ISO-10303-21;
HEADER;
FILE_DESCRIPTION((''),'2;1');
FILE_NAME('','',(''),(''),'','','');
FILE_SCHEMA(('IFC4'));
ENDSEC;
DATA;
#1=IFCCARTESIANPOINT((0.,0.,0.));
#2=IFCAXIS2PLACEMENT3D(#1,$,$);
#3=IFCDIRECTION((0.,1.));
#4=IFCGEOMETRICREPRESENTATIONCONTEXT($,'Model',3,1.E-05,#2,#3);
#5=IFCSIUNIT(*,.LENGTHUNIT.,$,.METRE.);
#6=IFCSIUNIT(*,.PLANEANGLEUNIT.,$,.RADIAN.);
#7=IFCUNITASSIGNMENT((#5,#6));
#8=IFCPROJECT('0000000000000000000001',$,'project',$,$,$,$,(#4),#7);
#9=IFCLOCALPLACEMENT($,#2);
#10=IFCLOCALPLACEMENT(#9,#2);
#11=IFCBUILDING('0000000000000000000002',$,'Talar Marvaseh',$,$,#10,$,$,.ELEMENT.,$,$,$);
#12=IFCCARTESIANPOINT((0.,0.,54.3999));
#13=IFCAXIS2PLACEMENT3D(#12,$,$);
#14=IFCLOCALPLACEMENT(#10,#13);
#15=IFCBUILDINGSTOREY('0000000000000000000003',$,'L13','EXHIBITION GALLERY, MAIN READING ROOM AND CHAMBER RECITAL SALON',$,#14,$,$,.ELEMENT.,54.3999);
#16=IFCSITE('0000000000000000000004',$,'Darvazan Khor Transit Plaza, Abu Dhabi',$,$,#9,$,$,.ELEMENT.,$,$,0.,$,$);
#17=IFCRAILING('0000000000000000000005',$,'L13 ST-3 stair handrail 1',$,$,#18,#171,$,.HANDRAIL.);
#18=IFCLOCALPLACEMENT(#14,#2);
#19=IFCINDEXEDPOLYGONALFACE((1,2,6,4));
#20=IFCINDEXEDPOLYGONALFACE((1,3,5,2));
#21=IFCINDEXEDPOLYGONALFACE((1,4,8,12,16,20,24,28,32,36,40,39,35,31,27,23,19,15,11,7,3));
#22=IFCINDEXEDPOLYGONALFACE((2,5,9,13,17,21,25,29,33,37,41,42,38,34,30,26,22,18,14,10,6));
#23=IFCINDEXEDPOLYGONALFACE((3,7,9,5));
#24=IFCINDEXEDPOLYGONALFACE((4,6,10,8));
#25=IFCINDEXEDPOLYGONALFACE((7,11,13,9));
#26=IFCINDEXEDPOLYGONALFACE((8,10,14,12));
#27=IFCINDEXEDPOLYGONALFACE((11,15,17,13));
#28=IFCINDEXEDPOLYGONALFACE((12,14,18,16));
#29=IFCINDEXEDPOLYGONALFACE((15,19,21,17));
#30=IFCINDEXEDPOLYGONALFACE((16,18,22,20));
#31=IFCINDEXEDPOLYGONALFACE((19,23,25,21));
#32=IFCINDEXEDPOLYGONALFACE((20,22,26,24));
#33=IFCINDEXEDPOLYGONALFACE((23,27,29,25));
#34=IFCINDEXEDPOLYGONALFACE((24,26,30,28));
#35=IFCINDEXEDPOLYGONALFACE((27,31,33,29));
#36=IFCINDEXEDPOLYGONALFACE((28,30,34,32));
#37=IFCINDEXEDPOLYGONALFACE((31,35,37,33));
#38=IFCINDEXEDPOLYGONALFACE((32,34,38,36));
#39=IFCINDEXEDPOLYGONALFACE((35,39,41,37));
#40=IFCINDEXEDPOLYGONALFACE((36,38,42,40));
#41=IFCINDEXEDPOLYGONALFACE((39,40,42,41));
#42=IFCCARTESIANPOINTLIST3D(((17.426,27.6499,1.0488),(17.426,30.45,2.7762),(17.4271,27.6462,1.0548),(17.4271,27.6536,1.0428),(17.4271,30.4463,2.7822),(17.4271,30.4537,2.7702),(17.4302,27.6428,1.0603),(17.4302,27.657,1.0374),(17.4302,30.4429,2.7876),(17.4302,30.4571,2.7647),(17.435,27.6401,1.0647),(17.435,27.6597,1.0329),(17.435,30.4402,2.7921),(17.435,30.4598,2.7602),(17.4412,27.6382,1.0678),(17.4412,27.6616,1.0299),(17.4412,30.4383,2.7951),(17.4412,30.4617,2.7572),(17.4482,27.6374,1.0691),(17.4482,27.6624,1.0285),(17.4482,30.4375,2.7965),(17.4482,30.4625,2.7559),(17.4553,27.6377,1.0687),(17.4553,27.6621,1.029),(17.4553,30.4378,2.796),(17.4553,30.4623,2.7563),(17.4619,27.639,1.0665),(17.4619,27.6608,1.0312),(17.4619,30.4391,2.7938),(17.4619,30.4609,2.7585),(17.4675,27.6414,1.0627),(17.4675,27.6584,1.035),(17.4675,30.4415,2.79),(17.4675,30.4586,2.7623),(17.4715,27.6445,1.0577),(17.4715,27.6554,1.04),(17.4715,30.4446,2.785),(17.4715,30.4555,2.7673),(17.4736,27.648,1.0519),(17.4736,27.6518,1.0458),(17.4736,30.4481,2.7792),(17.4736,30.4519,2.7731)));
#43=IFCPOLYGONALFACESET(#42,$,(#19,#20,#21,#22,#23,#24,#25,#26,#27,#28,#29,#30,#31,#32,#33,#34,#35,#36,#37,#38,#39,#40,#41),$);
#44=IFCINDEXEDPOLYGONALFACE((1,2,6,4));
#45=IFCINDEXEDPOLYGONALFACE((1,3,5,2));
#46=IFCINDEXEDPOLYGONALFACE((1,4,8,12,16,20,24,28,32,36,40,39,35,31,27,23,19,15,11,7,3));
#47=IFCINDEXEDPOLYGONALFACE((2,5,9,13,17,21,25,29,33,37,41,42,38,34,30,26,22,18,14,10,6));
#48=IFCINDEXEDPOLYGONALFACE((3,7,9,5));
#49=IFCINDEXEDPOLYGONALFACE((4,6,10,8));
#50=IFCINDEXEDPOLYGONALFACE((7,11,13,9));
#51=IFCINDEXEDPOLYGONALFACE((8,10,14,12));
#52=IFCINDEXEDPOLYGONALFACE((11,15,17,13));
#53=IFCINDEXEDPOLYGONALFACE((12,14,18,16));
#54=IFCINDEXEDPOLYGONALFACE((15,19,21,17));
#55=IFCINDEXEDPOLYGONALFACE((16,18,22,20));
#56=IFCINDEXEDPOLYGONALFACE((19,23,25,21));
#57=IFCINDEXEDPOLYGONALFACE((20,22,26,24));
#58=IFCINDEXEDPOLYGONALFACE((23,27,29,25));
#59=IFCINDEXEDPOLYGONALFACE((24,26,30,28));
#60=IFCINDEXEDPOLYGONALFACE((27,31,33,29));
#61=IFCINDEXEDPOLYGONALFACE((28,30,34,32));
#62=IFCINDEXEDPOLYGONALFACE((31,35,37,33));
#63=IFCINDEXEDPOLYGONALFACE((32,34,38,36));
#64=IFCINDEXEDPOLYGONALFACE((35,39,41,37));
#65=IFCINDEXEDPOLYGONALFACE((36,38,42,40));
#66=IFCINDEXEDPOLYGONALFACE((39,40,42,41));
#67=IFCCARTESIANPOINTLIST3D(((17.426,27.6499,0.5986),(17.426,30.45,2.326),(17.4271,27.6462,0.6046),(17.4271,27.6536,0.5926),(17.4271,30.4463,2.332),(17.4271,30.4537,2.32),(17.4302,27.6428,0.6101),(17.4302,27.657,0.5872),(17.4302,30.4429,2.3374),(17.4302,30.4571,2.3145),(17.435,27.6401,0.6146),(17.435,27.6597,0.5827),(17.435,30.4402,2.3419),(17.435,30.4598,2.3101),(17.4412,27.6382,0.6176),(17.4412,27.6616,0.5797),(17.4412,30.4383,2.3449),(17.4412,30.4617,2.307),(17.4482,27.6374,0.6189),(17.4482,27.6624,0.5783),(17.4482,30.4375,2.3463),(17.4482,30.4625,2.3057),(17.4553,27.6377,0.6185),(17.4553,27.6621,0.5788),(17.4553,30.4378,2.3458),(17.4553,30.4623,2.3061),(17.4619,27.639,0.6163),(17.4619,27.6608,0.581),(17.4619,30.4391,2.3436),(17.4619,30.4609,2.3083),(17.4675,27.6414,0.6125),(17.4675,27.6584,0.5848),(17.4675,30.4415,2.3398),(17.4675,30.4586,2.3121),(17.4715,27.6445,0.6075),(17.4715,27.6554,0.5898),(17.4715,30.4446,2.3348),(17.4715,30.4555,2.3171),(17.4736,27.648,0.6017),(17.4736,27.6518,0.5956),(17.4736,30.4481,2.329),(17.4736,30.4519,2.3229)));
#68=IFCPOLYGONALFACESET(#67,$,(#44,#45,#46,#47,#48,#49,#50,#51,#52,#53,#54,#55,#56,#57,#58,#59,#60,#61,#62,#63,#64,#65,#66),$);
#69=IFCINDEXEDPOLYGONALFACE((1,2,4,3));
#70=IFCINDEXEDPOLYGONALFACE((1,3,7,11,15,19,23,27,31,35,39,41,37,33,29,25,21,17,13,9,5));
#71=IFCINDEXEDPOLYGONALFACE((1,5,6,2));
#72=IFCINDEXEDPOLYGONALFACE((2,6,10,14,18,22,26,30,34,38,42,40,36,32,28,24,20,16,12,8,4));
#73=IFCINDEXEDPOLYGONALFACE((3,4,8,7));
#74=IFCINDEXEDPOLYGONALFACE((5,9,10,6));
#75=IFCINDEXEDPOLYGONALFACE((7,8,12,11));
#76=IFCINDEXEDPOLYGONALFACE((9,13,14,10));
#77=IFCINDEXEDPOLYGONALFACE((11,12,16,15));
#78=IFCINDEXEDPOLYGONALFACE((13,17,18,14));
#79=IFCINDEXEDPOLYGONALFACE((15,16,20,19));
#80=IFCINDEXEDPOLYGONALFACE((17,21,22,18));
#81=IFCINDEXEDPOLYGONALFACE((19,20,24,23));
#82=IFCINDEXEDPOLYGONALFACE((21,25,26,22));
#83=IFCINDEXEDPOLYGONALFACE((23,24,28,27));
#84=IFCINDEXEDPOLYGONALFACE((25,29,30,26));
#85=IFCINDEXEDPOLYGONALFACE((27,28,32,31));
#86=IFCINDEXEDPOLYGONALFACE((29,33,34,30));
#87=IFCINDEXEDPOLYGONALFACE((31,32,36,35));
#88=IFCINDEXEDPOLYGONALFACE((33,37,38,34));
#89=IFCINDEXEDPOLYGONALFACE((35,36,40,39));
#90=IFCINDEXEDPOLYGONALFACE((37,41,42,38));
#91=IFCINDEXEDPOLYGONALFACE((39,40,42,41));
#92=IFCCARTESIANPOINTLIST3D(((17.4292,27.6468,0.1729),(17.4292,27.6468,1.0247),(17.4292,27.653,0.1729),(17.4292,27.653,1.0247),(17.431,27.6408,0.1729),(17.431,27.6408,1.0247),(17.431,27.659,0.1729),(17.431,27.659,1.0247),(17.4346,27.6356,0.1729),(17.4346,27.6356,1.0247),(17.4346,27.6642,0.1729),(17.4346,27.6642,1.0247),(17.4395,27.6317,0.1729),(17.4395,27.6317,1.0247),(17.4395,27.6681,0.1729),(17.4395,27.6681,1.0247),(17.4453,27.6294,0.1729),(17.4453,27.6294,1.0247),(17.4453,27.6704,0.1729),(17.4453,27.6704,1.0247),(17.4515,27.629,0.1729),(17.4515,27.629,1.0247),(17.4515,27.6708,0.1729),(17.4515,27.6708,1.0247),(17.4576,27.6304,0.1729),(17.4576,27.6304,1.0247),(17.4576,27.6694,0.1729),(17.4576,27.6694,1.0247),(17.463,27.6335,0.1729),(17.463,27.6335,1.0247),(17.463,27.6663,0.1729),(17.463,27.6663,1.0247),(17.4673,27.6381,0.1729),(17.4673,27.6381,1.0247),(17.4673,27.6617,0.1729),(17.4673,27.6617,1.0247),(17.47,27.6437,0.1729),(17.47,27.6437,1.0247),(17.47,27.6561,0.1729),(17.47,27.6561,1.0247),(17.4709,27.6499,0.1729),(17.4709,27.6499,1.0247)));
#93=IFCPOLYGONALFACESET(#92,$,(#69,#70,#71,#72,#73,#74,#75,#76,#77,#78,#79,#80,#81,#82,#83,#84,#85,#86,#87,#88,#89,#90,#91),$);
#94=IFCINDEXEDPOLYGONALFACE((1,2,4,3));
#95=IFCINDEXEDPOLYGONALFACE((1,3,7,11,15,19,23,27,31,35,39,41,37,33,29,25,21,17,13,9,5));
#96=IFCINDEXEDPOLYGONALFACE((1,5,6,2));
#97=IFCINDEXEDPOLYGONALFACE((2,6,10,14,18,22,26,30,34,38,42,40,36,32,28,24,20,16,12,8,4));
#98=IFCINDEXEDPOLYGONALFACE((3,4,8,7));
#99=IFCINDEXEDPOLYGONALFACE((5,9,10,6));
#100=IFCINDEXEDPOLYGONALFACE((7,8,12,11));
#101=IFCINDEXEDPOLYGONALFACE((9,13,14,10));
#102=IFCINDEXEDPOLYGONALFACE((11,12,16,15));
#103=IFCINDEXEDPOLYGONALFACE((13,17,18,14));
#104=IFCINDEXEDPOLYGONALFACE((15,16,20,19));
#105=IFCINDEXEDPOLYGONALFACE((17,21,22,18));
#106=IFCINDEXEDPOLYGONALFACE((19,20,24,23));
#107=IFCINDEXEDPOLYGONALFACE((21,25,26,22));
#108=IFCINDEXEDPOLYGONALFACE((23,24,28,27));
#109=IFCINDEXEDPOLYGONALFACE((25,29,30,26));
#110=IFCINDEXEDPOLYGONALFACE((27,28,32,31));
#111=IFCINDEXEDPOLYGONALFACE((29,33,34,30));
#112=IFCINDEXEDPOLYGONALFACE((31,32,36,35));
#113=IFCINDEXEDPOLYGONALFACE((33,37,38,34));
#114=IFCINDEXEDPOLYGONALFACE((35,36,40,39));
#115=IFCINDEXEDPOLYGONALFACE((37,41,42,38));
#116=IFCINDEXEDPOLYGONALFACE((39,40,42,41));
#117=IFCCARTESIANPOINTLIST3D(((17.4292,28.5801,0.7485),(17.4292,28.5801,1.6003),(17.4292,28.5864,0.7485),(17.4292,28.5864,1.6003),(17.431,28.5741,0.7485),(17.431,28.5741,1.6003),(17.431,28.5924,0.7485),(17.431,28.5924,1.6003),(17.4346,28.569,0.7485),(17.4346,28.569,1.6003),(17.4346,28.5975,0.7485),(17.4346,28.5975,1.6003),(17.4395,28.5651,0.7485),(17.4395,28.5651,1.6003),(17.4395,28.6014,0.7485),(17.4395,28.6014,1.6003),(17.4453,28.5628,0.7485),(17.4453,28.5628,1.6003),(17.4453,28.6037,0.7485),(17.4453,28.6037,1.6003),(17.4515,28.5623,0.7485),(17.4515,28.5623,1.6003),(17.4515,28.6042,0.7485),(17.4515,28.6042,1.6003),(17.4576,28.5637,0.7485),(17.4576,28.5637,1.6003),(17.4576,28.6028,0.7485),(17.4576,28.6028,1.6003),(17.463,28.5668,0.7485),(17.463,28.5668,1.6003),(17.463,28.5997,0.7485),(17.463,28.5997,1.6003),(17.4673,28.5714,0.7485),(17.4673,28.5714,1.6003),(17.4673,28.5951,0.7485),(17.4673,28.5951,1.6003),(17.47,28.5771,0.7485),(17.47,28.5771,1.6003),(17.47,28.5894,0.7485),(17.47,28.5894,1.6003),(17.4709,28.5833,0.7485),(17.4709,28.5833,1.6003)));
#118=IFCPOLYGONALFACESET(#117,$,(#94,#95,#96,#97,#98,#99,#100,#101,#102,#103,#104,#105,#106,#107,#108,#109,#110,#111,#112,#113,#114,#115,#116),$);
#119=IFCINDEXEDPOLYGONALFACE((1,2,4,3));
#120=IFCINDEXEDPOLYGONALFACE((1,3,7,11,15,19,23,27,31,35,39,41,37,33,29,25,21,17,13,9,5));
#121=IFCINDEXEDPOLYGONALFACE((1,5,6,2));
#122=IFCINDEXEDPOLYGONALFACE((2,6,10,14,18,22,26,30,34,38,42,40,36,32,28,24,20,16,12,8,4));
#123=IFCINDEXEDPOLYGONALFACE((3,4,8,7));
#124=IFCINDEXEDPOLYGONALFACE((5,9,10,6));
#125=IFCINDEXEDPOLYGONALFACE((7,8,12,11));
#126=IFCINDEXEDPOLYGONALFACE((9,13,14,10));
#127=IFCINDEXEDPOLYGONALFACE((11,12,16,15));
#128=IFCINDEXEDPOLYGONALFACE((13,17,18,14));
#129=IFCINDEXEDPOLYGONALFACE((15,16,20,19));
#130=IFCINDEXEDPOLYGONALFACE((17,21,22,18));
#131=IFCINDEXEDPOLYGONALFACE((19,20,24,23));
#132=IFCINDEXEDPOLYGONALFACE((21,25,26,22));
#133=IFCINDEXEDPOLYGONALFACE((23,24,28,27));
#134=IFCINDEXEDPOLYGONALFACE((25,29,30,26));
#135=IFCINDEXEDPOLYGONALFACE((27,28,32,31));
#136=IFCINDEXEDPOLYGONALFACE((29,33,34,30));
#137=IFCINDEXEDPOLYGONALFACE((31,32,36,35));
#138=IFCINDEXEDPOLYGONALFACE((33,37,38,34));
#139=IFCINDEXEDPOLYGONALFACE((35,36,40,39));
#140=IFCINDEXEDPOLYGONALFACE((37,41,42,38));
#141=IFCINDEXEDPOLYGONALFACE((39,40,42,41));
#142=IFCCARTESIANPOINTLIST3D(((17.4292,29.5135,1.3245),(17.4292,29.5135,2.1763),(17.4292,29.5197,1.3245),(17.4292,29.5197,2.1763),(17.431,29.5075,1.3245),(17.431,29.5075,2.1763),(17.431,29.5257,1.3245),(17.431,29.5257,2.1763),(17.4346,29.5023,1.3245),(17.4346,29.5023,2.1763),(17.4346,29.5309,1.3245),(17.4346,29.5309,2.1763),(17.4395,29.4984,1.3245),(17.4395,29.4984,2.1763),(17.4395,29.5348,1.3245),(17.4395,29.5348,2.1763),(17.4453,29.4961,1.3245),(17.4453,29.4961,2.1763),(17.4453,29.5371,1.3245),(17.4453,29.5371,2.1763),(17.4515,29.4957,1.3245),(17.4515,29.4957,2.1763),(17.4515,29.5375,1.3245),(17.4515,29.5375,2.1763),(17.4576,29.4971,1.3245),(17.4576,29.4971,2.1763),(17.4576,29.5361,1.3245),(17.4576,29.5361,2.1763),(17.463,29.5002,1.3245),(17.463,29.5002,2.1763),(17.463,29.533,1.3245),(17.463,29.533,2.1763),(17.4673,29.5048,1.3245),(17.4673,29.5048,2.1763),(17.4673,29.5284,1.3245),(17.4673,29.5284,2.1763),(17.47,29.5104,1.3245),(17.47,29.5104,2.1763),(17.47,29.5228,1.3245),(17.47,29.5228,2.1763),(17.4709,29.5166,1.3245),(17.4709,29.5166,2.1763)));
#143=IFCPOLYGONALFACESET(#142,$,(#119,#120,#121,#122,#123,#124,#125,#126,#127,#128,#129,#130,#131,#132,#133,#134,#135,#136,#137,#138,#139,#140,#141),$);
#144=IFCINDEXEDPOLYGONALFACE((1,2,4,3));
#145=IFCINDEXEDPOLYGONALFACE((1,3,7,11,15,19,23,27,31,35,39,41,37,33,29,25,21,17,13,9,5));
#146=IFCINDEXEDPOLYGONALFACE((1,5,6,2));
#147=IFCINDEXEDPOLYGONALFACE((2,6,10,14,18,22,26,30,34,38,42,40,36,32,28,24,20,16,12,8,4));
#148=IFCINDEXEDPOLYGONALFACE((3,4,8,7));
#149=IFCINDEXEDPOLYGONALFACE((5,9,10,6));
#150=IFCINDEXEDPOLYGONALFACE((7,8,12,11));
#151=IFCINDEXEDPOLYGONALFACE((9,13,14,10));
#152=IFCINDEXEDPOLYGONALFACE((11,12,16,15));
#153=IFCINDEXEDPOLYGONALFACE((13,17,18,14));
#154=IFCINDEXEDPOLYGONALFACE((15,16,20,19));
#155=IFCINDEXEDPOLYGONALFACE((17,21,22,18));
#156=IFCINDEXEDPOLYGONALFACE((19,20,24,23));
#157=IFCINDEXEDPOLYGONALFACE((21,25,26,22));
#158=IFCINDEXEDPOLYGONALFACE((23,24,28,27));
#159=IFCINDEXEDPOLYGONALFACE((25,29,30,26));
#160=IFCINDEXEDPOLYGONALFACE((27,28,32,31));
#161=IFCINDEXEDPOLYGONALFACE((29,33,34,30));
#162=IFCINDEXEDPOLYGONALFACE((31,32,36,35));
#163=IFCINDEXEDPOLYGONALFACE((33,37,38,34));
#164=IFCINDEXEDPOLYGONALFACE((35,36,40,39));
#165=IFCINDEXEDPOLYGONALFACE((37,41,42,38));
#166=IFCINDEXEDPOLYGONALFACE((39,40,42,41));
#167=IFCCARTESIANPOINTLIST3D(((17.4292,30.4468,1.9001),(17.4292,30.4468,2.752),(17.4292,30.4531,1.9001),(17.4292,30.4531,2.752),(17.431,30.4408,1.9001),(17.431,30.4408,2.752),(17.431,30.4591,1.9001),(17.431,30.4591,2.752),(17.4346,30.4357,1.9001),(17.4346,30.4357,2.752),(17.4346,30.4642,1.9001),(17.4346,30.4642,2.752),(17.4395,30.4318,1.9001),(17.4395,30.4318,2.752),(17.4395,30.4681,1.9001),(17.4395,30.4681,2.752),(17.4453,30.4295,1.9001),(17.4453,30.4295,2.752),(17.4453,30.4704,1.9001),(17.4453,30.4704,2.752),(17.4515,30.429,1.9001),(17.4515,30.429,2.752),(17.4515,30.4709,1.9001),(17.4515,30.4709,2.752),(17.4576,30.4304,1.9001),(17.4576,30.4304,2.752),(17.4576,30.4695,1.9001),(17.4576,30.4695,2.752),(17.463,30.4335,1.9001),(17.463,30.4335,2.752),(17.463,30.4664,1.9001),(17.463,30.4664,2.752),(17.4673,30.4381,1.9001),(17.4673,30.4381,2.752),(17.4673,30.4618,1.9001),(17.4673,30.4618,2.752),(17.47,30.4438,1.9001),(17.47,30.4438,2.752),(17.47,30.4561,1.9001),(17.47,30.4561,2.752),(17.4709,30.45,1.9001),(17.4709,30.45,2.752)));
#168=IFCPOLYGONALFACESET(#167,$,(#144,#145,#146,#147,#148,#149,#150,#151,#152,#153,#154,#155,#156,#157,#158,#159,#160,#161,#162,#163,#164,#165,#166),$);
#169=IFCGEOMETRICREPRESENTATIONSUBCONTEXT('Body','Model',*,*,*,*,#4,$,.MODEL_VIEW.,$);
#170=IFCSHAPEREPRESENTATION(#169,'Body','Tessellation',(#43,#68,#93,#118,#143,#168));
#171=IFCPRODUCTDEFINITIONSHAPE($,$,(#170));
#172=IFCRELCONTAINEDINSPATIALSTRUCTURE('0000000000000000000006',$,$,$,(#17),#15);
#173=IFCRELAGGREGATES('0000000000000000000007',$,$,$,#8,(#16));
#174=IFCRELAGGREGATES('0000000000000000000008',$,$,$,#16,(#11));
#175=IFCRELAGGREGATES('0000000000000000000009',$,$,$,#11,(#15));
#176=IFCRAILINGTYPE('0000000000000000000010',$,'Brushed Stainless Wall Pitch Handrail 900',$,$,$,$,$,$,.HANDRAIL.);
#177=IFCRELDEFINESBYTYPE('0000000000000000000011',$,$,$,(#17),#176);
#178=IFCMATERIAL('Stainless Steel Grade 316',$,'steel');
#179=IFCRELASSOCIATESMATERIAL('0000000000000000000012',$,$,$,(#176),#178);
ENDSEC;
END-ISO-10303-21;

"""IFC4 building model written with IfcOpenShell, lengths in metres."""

from ifc_helpers import new_model, si_unit, direction, frame, origin, origin_2d, place, context, subcontext, project, spatial, circle, extrude, material, type_object, element, save


model = new_model("IFC4")

# Units and contexts
model_context = context("Model", 3, precision=1e-05, world=origin(), true_north=direction((0.0, 1.0)))
body_context = subcontext(model_context, "Body", "Model", "MODEL_VIEW")
ifc_project = project(units=[si_unit("LENGTHUNIT", "METRE"), si_unit("PLANEANGLEUNIT", "RADIAN")], contexts=[model_context])

# Site, building, storey
site_placement = place(None, origin())
site = spatial("IfcSite", under=ifc_project, at=site_placement, Name="Darvazan Khor Transit Plaza, Abu Dhabi", CompositionType="ELEMENT", RefElevation=0.0)
building_placement = place(site_placement, origin())
building = spatial("IfcBuilding", under=site, at=building_placement, Name="Talar Marvaseh", CompositionType="ELEMENT")
storey_placement = place(building_placement, frame((0.0, 0.0, 54.3999)))
storey = spatial("IfcBuildingStorey", under=building, at=storey_placement, Name="L13", Description="EXHIBITION GALLERY, MAIN READING ROOM AND CHAMBER RECITAL SALON", CompositionType="ELEMENT", Elevation=54.3999)

# Railing
ifc_material_1 = material(Name="Stainless Steel Grade 316", Category="steel")
railing_type_1 = type_object("IfcRailingType", Name="Brushed Stainless Wall Pitch Handrail 900", PredefinedType="HANDRAIL", material=ifc_material_1)
railing_1_placement = place(storey_placement, frame((17.45, 27.6499, 0.1729)))
element("IfcRailing", 1, at=railing_1_placement, inside=storey, type_object=railing_type_1, Name="L13 ST-3 stair handrail 1", PredefinedType="HANDRAIL", context=body_context, shape_type="SweptSolid", body=[
    extrude(circle(Radius=0.0239, at=origin_2d()), frame((0.0, 0.0, 0.876), z_axis=(0.0, 0.85109, 0.52502), x_axis=(-1.0, 0.0, 0.0)), (0.0, 0.0, 1.0), 3.29),
    extrude(circle(Radius=0.0239, at=origin_2d()), frame((0.0, 0.0, 0.4258), z_axis=(0.0, 0.85109, 0.52502), x_axis=(-1.0, 0.0, 0.0)), (0.0, 0.0, 1.0), 3.29),
    extrude(circle(Radius=0.021, at=origin_2d()), origin(), (0.0, 0.0, 1.0), 0.8518),
    extrude(circle(Radius=0.021, at=origin_2d()), frame((0.0, 0.9333, 0.5757)), (0.0, 0.0, 1.0), 0.8518),
    extrude(circle(Radius=0.021, at=origin_2d()), frame((0.0, 1.8667, 1.1516)), (0.0, 0.0, 1.0), 0.8518),
    extrude(circle(Radius=0.021, at=origin_2d()), frame((0.0, 2.8, 1.7273)), (0.0, 0.0, 1.0), 0.8518),
])

save(model, "model.ifc")
